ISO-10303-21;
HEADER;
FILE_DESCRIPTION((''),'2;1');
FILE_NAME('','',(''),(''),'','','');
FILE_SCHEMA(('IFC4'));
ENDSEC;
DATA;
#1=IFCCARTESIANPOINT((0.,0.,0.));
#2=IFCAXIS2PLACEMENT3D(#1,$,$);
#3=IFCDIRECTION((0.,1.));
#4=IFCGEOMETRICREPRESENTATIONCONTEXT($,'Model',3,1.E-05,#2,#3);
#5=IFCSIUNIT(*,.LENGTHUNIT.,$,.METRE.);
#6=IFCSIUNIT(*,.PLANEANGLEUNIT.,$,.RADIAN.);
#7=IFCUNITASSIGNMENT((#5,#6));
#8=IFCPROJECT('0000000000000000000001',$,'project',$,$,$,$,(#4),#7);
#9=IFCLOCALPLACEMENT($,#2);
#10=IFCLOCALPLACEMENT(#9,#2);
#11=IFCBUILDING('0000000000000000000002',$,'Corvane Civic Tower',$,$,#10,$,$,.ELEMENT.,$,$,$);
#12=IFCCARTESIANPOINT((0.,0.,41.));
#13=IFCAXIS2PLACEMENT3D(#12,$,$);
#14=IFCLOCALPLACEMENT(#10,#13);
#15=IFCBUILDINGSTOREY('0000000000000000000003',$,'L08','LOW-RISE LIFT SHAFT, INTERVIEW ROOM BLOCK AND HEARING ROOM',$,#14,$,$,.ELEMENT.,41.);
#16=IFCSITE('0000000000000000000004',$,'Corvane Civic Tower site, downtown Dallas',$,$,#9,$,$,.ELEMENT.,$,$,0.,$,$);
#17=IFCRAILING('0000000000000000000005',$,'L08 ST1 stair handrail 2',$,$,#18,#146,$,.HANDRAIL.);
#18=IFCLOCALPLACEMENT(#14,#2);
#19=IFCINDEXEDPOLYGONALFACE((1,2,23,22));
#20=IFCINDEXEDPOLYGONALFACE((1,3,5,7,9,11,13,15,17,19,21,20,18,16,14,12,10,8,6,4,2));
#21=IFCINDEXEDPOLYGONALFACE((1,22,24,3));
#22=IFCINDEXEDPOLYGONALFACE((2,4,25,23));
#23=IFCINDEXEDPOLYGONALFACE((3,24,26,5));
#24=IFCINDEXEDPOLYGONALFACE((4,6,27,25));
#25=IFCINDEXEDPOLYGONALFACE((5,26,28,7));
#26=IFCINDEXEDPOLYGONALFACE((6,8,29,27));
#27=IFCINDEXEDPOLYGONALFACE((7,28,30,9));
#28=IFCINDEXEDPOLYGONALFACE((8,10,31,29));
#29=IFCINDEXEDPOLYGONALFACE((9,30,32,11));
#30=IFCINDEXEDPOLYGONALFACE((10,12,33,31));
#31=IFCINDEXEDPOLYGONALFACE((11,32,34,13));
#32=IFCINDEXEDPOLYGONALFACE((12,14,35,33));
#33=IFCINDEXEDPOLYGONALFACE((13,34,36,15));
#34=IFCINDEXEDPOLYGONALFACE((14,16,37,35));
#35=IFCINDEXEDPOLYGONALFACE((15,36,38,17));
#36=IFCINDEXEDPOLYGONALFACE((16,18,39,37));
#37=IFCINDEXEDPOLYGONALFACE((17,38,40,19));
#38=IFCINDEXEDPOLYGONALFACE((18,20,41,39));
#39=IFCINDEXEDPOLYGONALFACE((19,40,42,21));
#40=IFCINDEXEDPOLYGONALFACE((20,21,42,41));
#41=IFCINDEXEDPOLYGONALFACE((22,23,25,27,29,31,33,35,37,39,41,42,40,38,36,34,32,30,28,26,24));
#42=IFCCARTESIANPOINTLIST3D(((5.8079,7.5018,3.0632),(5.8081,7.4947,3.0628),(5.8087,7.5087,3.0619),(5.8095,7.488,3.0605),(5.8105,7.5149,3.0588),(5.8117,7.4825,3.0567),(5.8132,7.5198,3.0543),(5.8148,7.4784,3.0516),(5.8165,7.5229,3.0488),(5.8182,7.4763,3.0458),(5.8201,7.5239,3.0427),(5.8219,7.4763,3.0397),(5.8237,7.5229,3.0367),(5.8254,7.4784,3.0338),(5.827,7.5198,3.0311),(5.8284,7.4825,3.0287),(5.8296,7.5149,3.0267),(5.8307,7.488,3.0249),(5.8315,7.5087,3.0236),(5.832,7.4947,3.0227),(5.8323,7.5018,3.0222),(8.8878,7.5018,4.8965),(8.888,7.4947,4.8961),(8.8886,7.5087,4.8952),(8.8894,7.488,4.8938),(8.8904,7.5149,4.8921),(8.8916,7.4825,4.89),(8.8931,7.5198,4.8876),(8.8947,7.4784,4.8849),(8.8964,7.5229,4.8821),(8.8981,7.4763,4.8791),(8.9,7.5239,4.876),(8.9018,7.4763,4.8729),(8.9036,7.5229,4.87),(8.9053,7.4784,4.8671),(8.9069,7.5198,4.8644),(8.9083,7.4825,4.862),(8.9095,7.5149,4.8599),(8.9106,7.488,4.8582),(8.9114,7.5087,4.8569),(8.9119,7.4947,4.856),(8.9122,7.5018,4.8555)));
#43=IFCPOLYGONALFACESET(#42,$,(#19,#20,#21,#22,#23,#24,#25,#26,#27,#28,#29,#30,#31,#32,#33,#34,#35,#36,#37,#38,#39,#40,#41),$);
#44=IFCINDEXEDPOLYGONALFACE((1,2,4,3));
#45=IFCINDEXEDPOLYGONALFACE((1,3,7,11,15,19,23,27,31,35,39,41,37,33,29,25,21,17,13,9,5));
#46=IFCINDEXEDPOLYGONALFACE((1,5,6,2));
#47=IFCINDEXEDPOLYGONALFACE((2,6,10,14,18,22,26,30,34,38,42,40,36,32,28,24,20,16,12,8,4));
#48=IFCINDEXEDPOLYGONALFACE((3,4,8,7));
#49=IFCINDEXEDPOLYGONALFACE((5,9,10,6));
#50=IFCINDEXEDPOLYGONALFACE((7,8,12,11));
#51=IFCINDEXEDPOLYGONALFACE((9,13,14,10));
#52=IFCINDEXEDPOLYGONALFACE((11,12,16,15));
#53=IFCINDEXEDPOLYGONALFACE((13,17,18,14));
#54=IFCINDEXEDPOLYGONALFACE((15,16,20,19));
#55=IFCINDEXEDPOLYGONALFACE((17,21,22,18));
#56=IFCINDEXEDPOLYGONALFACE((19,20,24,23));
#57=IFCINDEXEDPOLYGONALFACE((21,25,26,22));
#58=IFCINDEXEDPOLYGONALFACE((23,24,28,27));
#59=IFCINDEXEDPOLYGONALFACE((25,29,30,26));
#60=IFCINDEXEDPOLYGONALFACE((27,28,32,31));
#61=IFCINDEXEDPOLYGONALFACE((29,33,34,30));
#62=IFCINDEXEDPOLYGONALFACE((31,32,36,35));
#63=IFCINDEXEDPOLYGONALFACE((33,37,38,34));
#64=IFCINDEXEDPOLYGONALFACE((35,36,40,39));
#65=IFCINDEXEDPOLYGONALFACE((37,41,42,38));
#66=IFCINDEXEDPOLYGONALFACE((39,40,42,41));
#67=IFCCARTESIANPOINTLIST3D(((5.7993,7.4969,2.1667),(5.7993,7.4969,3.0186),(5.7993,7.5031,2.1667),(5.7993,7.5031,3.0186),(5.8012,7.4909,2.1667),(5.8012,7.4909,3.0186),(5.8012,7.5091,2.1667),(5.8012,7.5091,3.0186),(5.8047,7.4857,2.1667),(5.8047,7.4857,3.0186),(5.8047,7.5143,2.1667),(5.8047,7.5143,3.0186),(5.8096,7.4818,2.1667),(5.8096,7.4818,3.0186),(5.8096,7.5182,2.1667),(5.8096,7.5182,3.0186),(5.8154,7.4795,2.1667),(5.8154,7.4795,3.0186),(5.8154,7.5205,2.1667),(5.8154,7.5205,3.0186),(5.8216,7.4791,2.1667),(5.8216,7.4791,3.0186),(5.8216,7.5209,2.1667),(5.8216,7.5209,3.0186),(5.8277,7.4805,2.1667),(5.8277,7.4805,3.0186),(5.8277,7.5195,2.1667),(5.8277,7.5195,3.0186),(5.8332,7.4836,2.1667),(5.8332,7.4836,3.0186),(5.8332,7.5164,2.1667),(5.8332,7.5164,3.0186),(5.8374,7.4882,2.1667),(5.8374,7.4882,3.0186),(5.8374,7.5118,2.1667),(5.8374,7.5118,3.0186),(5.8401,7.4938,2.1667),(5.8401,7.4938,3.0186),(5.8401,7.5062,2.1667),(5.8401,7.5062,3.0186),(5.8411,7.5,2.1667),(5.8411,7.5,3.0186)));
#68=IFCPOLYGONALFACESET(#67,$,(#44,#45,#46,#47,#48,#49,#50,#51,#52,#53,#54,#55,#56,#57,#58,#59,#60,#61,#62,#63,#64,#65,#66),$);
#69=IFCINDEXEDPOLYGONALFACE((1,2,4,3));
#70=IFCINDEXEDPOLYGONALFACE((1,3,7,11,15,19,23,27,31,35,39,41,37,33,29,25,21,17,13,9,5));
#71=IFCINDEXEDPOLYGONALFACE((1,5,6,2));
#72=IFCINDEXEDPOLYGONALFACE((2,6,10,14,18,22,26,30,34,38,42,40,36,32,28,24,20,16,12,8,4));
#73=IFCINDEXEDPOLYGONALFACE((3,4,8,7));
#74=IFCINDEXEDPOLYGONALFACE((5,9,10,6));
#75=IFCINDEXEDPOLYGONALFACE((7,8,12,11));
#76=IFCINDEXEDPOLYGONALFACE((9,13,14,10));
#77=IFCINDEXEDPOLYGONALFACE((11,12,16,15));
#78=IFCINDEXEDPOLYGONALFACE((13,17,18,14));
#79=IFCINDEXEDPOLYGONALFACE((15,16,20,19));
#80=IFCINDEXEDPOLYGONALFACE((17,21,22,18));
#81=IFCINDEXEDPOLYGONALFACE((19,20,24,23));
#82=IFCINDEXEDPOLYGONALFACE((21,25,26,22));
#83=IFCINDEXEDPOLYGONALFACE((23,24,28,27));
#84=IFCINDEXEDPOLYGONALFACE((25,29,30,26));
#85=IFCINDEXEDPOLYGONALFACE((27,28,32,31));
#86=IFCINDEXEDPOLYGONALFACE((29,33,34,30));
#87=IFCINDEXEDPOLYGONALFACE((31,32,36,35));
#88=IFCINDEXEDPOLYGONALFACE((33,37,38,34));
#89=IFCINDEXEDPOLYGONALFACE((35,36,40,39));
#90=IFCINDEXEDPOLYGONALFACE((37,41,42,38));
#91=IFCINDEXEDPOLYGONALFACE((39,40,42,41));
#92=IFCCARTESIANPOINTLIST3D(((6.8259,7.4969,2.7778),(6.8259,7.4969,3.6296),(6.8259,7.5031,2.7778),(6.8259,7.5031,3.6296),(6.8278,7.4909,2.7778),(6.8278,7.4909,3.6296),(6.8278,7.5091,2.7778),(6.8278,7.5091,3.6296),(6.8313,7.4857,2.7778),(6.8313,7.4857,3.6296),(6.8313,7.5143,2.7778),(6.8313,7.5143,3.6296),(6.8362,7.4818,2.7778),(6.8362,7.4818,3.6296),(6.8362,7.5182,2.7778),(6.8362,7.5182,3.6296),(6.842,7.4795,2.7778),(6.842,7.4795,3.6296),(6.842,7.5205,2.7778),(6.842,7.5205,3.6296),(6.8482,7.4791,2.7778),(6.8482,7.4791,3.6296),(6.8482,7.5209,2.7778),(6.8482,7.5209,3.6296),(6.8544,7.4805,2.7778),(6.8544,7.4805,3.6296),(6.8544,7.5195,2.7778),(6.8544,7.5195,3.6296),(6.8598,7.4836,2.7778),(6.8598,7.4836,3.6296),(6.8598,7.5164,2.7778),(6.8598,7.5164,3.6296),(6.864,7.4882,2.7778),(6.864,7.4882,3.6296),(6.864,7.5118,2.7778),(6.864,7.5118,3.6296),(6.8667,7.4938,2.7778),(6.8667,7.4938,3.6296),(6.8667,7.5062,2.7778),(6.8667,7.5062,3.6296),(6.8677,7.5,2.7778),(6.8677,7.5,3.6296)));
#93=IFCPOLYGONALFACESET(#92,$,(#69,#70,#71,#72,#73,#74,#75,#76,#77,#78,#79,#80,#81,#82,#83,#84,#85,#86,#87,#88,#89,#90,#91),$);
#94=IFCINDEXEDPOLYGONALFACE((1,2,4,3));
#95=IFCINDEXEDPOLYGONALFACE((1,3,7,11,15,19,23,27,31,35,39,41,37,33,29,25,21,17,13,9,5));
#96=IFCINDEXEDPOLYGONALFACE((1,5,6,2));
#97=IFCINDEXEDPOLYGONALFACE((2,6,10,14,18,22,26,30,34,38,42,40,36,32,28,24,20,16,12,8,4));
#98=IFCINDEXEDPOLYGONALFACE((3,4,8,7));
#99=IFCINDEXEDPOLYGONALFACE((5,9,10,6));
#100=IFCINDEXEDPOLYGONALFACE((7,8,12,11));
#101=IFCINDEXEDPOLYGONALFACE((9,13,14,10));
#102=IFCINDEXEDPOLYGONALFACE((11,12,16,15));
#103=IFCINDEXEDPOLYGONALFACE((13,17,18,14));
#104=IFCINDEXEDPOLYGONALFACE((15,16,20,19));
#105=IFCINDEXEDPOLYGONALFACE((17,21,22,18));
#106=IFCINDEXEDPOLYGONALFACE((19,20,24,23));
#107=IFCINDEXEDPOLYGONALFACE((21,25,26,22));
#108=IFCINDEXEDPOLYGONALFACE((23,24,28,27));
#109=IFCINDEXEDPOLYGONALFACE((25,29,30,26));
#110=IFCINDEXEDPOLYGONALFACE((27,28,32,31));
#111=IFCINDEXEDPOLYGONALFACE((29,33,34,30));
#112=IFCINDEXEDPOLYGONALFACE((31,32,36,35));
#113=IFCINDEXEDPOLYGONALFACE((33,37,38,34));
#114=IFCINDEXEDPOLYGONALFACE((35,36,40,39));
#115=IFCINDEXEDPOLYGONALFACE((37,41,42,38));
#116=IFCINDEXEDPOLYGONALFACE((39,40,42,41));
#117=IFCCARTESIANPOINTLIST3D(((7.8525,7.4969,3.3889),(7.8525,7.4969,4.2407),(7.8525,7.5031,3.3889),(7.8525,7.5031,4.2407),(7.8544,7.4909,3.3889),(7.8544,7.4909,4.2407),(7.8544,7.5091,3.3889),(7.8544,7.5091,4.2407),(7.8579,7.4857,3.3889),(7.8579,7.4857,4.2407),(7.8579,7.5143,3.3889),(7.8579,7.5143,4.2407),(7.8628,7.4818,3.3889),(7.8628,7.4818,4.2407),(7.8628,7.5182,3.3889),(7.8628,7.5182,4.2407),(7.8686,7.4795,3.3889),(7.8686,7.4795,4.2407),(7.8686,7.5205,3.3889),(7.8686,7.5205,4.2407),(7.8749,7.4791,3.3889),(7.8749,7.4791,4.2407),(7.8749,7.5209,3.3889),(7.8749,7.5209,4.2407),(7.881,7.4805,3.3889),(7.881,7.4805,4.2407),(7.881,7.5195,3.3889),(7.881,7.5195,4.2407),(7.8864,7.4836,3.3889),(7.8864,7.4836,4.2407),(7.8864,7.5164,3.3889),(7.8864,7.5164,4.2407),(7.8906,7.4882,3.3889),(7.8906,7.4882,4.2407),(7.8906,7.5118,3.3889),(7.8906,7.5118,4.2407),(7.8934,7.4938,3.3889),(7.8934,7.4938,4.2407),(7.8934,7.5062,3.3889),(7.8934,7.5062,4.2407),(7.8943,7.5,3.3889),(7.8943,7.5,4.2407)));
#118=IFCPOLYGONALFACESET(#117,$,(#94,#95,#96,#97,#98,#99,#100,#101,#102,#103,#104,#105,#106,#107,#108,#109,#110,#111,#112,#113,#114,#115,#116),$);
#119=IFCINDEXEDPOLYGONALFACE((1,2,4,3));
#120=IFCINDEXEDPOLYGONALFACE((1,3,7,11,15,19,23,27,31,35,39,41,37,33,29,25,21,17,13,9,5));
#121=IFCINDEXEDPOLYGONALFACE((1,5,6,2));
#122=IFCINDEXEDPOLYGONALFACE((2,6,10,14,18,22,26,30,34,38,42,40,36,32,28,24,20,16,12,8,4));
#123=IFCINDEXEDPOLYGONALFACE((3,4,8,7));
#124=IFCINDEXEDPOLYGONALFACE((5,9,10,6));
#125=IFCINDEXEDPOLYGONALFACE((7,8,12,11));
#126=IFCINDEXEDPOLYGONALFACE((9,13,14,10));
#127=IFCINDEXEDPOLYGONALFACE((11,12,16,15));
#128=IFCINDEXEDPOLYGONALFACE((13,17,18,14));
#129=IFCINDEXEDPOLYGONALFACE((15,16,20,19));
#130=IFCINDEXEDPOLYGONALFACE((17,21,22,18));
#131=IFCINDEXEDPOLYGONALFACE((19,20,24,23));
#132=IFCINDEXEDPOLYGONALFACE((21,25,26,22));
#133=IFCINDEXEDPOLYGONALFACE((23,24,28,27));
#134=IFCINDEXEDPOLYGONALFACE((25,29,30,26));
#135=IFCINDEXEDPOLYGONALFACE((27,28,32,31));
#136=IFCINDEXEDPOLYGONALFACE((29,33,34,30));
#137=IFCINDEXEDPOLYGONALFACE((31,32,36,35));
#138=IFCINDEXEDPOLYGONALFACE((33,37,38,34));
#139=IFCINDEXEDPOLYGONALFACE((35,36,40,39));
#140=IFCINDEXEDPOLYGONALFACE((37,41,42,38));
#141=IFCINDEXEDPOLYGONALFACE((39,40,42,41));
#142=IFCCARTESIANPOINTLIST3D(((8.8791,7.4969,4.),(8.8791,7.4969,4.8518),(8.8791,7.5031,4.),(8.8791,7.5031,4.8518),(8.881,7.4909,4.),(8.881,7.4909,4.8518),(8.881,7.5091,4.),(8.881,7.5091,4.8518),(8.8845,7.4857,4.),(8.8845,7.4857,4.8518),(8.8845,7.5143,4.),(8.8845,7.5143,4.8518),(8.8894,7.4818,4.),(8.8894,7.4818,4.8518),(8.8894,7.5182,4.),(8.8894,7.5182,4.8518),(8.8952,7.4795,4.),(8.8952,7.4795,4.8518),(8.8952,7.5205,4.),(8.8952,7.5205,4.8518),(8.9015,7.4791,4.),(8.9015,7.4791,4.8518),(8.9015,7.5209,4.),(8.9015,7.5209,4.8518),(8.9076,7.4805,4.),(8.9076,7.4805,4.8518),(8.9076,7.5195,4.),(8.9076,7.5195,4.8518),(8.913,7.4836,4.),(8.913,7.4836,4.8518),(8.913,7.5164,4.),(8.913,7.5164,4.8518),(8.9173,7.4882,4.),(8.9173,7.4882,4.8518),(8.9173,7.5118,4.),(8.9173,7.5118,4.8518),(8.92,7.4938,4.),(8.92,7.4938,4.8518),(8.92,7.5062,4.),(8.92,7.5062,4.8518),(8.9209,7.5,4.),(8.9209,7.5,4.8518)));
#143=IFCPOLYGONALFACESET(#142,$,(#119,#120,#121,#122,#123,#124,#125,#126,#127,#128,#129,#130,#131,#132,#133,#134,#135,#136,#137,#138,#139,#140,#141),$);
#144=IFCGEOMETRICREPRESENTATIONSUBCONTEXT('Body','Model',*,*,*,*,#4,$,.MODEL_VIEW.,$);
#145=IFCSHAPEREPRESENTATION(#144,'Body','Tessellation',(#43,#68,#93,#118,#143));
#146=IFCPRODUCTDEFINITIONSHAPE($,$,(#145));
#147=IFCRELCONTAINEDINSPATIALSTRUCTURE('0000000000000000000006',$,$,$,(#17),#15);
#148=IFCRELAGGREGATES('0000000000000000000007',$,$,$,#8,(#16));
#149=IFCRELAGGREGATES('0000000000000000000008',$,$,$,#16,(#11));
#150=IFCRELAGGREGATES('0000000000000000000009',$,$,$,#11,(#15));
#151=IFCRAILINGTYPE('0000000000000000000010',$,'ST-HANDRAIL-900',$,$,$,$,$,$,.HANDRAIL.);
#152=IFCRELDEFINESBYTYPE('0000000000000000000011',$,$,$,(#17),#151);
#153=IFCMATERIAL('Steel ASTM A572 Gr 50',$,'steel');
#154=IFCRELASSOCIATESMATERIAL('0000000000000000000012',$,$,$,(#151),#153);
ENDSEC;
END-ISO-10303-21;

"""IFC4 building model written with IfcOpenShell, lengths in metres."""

from ifc_helpers import new_model, si_unit, direction, frame, origin, origin_2d, place, context, subcontext, project, spatial, circle, extrude, material, type_object, element, save


model = new_model("IFC4")

# Units and contexts
model_context = context("Model", 3, precision=1e-05, world=origin(), true_north=direction((0.0, 1.0)))
body_context = subcontext(model_context, "Body", "Model", "MODEL_VIEW")
ifc_project = project(units=[si_unit("LENGTHUNIT", "METRE"), si_unit("PLANEANGLEUNIT", "RADIAN")], contexts=[model_context])

# Site, building, storey
site_placement = place(None, origin())
site = spatial("IfcSite", under=ifc_project, at=site_placement, Name="Corvane Civic Tower site, downtown Dallas", CompositionType="ELEMENT", RefElevation=0.0)
building_placement = place(site_placement, origin())
building = spatial("IfcBuilding", under=site, at=building_placement, Name="Corvane Civic Tower", CompositionType="ELEMENT")
storey_placement = place(building_placement, frame((0.0, 0.0, 41.0)))
storey = spatial("IfcBuildingStorey", under=building, at=storey_placement, Name="L08", Description="LOW-RISE LIFT SHAFT, INTERVIEW ROOM BLOCK AND HEARING ROOM", CompositionType="ELEMENT", Elevation=41.0)

# Railing
ifc_material_1 = material(Name="Steel ASTM A572 Gr 50", Category="steel")
railing_type_1 = type_object("IfcRailingType", Name="ST-HANDRAIL-900", PredefinedType="HANDRAIL", material=ifc_material_1)
railing_1_placement = place(storey_placement, frame((5.8201, 7.5, 2.1667)))
element("IfcRailing", 1, at=railing_1_placement, inside=storey, type_object=railing_type_1, Name="L08 ST1 stair handrail 2", PredefinedType="HANDRAIL", context=body_context, shape_type="SweptSolid", body=[
    extrude(circle(Radius=0.0239, at=origin_2d()), frame((0.0, 0.0, 0.876), z_axis=(0.859291, 0.0, 0.511487), x_axis=(0.0, 1.0, 0.0)), (0.0, 0.0, 1.0), 3.5842),
    extrude(circle(Radius=0.021, at=origin_2d()), origin(), (0.0, 0.0, 1.0), 0.8518),
    extrude(circle(Radius=0.021, at=origin_2d()), frame((1.0266, 0.0, 0.6111)), (0.0, 0.0, 1.0), 0.8518),
    extrude(circle(Radius=0.021, at=origin_2d()), frame((2.0532, 0.0, 1.2222)), (0.0, 0.0, 1.0), 0.8518),
    extrude(circle(Radius=0.021, at=origin_2d()), frame((3.0798, 0.0, 1.8333)), (0.0, 0.0, 1.0), 0.8518),
])

save(model, "model.ifc")
